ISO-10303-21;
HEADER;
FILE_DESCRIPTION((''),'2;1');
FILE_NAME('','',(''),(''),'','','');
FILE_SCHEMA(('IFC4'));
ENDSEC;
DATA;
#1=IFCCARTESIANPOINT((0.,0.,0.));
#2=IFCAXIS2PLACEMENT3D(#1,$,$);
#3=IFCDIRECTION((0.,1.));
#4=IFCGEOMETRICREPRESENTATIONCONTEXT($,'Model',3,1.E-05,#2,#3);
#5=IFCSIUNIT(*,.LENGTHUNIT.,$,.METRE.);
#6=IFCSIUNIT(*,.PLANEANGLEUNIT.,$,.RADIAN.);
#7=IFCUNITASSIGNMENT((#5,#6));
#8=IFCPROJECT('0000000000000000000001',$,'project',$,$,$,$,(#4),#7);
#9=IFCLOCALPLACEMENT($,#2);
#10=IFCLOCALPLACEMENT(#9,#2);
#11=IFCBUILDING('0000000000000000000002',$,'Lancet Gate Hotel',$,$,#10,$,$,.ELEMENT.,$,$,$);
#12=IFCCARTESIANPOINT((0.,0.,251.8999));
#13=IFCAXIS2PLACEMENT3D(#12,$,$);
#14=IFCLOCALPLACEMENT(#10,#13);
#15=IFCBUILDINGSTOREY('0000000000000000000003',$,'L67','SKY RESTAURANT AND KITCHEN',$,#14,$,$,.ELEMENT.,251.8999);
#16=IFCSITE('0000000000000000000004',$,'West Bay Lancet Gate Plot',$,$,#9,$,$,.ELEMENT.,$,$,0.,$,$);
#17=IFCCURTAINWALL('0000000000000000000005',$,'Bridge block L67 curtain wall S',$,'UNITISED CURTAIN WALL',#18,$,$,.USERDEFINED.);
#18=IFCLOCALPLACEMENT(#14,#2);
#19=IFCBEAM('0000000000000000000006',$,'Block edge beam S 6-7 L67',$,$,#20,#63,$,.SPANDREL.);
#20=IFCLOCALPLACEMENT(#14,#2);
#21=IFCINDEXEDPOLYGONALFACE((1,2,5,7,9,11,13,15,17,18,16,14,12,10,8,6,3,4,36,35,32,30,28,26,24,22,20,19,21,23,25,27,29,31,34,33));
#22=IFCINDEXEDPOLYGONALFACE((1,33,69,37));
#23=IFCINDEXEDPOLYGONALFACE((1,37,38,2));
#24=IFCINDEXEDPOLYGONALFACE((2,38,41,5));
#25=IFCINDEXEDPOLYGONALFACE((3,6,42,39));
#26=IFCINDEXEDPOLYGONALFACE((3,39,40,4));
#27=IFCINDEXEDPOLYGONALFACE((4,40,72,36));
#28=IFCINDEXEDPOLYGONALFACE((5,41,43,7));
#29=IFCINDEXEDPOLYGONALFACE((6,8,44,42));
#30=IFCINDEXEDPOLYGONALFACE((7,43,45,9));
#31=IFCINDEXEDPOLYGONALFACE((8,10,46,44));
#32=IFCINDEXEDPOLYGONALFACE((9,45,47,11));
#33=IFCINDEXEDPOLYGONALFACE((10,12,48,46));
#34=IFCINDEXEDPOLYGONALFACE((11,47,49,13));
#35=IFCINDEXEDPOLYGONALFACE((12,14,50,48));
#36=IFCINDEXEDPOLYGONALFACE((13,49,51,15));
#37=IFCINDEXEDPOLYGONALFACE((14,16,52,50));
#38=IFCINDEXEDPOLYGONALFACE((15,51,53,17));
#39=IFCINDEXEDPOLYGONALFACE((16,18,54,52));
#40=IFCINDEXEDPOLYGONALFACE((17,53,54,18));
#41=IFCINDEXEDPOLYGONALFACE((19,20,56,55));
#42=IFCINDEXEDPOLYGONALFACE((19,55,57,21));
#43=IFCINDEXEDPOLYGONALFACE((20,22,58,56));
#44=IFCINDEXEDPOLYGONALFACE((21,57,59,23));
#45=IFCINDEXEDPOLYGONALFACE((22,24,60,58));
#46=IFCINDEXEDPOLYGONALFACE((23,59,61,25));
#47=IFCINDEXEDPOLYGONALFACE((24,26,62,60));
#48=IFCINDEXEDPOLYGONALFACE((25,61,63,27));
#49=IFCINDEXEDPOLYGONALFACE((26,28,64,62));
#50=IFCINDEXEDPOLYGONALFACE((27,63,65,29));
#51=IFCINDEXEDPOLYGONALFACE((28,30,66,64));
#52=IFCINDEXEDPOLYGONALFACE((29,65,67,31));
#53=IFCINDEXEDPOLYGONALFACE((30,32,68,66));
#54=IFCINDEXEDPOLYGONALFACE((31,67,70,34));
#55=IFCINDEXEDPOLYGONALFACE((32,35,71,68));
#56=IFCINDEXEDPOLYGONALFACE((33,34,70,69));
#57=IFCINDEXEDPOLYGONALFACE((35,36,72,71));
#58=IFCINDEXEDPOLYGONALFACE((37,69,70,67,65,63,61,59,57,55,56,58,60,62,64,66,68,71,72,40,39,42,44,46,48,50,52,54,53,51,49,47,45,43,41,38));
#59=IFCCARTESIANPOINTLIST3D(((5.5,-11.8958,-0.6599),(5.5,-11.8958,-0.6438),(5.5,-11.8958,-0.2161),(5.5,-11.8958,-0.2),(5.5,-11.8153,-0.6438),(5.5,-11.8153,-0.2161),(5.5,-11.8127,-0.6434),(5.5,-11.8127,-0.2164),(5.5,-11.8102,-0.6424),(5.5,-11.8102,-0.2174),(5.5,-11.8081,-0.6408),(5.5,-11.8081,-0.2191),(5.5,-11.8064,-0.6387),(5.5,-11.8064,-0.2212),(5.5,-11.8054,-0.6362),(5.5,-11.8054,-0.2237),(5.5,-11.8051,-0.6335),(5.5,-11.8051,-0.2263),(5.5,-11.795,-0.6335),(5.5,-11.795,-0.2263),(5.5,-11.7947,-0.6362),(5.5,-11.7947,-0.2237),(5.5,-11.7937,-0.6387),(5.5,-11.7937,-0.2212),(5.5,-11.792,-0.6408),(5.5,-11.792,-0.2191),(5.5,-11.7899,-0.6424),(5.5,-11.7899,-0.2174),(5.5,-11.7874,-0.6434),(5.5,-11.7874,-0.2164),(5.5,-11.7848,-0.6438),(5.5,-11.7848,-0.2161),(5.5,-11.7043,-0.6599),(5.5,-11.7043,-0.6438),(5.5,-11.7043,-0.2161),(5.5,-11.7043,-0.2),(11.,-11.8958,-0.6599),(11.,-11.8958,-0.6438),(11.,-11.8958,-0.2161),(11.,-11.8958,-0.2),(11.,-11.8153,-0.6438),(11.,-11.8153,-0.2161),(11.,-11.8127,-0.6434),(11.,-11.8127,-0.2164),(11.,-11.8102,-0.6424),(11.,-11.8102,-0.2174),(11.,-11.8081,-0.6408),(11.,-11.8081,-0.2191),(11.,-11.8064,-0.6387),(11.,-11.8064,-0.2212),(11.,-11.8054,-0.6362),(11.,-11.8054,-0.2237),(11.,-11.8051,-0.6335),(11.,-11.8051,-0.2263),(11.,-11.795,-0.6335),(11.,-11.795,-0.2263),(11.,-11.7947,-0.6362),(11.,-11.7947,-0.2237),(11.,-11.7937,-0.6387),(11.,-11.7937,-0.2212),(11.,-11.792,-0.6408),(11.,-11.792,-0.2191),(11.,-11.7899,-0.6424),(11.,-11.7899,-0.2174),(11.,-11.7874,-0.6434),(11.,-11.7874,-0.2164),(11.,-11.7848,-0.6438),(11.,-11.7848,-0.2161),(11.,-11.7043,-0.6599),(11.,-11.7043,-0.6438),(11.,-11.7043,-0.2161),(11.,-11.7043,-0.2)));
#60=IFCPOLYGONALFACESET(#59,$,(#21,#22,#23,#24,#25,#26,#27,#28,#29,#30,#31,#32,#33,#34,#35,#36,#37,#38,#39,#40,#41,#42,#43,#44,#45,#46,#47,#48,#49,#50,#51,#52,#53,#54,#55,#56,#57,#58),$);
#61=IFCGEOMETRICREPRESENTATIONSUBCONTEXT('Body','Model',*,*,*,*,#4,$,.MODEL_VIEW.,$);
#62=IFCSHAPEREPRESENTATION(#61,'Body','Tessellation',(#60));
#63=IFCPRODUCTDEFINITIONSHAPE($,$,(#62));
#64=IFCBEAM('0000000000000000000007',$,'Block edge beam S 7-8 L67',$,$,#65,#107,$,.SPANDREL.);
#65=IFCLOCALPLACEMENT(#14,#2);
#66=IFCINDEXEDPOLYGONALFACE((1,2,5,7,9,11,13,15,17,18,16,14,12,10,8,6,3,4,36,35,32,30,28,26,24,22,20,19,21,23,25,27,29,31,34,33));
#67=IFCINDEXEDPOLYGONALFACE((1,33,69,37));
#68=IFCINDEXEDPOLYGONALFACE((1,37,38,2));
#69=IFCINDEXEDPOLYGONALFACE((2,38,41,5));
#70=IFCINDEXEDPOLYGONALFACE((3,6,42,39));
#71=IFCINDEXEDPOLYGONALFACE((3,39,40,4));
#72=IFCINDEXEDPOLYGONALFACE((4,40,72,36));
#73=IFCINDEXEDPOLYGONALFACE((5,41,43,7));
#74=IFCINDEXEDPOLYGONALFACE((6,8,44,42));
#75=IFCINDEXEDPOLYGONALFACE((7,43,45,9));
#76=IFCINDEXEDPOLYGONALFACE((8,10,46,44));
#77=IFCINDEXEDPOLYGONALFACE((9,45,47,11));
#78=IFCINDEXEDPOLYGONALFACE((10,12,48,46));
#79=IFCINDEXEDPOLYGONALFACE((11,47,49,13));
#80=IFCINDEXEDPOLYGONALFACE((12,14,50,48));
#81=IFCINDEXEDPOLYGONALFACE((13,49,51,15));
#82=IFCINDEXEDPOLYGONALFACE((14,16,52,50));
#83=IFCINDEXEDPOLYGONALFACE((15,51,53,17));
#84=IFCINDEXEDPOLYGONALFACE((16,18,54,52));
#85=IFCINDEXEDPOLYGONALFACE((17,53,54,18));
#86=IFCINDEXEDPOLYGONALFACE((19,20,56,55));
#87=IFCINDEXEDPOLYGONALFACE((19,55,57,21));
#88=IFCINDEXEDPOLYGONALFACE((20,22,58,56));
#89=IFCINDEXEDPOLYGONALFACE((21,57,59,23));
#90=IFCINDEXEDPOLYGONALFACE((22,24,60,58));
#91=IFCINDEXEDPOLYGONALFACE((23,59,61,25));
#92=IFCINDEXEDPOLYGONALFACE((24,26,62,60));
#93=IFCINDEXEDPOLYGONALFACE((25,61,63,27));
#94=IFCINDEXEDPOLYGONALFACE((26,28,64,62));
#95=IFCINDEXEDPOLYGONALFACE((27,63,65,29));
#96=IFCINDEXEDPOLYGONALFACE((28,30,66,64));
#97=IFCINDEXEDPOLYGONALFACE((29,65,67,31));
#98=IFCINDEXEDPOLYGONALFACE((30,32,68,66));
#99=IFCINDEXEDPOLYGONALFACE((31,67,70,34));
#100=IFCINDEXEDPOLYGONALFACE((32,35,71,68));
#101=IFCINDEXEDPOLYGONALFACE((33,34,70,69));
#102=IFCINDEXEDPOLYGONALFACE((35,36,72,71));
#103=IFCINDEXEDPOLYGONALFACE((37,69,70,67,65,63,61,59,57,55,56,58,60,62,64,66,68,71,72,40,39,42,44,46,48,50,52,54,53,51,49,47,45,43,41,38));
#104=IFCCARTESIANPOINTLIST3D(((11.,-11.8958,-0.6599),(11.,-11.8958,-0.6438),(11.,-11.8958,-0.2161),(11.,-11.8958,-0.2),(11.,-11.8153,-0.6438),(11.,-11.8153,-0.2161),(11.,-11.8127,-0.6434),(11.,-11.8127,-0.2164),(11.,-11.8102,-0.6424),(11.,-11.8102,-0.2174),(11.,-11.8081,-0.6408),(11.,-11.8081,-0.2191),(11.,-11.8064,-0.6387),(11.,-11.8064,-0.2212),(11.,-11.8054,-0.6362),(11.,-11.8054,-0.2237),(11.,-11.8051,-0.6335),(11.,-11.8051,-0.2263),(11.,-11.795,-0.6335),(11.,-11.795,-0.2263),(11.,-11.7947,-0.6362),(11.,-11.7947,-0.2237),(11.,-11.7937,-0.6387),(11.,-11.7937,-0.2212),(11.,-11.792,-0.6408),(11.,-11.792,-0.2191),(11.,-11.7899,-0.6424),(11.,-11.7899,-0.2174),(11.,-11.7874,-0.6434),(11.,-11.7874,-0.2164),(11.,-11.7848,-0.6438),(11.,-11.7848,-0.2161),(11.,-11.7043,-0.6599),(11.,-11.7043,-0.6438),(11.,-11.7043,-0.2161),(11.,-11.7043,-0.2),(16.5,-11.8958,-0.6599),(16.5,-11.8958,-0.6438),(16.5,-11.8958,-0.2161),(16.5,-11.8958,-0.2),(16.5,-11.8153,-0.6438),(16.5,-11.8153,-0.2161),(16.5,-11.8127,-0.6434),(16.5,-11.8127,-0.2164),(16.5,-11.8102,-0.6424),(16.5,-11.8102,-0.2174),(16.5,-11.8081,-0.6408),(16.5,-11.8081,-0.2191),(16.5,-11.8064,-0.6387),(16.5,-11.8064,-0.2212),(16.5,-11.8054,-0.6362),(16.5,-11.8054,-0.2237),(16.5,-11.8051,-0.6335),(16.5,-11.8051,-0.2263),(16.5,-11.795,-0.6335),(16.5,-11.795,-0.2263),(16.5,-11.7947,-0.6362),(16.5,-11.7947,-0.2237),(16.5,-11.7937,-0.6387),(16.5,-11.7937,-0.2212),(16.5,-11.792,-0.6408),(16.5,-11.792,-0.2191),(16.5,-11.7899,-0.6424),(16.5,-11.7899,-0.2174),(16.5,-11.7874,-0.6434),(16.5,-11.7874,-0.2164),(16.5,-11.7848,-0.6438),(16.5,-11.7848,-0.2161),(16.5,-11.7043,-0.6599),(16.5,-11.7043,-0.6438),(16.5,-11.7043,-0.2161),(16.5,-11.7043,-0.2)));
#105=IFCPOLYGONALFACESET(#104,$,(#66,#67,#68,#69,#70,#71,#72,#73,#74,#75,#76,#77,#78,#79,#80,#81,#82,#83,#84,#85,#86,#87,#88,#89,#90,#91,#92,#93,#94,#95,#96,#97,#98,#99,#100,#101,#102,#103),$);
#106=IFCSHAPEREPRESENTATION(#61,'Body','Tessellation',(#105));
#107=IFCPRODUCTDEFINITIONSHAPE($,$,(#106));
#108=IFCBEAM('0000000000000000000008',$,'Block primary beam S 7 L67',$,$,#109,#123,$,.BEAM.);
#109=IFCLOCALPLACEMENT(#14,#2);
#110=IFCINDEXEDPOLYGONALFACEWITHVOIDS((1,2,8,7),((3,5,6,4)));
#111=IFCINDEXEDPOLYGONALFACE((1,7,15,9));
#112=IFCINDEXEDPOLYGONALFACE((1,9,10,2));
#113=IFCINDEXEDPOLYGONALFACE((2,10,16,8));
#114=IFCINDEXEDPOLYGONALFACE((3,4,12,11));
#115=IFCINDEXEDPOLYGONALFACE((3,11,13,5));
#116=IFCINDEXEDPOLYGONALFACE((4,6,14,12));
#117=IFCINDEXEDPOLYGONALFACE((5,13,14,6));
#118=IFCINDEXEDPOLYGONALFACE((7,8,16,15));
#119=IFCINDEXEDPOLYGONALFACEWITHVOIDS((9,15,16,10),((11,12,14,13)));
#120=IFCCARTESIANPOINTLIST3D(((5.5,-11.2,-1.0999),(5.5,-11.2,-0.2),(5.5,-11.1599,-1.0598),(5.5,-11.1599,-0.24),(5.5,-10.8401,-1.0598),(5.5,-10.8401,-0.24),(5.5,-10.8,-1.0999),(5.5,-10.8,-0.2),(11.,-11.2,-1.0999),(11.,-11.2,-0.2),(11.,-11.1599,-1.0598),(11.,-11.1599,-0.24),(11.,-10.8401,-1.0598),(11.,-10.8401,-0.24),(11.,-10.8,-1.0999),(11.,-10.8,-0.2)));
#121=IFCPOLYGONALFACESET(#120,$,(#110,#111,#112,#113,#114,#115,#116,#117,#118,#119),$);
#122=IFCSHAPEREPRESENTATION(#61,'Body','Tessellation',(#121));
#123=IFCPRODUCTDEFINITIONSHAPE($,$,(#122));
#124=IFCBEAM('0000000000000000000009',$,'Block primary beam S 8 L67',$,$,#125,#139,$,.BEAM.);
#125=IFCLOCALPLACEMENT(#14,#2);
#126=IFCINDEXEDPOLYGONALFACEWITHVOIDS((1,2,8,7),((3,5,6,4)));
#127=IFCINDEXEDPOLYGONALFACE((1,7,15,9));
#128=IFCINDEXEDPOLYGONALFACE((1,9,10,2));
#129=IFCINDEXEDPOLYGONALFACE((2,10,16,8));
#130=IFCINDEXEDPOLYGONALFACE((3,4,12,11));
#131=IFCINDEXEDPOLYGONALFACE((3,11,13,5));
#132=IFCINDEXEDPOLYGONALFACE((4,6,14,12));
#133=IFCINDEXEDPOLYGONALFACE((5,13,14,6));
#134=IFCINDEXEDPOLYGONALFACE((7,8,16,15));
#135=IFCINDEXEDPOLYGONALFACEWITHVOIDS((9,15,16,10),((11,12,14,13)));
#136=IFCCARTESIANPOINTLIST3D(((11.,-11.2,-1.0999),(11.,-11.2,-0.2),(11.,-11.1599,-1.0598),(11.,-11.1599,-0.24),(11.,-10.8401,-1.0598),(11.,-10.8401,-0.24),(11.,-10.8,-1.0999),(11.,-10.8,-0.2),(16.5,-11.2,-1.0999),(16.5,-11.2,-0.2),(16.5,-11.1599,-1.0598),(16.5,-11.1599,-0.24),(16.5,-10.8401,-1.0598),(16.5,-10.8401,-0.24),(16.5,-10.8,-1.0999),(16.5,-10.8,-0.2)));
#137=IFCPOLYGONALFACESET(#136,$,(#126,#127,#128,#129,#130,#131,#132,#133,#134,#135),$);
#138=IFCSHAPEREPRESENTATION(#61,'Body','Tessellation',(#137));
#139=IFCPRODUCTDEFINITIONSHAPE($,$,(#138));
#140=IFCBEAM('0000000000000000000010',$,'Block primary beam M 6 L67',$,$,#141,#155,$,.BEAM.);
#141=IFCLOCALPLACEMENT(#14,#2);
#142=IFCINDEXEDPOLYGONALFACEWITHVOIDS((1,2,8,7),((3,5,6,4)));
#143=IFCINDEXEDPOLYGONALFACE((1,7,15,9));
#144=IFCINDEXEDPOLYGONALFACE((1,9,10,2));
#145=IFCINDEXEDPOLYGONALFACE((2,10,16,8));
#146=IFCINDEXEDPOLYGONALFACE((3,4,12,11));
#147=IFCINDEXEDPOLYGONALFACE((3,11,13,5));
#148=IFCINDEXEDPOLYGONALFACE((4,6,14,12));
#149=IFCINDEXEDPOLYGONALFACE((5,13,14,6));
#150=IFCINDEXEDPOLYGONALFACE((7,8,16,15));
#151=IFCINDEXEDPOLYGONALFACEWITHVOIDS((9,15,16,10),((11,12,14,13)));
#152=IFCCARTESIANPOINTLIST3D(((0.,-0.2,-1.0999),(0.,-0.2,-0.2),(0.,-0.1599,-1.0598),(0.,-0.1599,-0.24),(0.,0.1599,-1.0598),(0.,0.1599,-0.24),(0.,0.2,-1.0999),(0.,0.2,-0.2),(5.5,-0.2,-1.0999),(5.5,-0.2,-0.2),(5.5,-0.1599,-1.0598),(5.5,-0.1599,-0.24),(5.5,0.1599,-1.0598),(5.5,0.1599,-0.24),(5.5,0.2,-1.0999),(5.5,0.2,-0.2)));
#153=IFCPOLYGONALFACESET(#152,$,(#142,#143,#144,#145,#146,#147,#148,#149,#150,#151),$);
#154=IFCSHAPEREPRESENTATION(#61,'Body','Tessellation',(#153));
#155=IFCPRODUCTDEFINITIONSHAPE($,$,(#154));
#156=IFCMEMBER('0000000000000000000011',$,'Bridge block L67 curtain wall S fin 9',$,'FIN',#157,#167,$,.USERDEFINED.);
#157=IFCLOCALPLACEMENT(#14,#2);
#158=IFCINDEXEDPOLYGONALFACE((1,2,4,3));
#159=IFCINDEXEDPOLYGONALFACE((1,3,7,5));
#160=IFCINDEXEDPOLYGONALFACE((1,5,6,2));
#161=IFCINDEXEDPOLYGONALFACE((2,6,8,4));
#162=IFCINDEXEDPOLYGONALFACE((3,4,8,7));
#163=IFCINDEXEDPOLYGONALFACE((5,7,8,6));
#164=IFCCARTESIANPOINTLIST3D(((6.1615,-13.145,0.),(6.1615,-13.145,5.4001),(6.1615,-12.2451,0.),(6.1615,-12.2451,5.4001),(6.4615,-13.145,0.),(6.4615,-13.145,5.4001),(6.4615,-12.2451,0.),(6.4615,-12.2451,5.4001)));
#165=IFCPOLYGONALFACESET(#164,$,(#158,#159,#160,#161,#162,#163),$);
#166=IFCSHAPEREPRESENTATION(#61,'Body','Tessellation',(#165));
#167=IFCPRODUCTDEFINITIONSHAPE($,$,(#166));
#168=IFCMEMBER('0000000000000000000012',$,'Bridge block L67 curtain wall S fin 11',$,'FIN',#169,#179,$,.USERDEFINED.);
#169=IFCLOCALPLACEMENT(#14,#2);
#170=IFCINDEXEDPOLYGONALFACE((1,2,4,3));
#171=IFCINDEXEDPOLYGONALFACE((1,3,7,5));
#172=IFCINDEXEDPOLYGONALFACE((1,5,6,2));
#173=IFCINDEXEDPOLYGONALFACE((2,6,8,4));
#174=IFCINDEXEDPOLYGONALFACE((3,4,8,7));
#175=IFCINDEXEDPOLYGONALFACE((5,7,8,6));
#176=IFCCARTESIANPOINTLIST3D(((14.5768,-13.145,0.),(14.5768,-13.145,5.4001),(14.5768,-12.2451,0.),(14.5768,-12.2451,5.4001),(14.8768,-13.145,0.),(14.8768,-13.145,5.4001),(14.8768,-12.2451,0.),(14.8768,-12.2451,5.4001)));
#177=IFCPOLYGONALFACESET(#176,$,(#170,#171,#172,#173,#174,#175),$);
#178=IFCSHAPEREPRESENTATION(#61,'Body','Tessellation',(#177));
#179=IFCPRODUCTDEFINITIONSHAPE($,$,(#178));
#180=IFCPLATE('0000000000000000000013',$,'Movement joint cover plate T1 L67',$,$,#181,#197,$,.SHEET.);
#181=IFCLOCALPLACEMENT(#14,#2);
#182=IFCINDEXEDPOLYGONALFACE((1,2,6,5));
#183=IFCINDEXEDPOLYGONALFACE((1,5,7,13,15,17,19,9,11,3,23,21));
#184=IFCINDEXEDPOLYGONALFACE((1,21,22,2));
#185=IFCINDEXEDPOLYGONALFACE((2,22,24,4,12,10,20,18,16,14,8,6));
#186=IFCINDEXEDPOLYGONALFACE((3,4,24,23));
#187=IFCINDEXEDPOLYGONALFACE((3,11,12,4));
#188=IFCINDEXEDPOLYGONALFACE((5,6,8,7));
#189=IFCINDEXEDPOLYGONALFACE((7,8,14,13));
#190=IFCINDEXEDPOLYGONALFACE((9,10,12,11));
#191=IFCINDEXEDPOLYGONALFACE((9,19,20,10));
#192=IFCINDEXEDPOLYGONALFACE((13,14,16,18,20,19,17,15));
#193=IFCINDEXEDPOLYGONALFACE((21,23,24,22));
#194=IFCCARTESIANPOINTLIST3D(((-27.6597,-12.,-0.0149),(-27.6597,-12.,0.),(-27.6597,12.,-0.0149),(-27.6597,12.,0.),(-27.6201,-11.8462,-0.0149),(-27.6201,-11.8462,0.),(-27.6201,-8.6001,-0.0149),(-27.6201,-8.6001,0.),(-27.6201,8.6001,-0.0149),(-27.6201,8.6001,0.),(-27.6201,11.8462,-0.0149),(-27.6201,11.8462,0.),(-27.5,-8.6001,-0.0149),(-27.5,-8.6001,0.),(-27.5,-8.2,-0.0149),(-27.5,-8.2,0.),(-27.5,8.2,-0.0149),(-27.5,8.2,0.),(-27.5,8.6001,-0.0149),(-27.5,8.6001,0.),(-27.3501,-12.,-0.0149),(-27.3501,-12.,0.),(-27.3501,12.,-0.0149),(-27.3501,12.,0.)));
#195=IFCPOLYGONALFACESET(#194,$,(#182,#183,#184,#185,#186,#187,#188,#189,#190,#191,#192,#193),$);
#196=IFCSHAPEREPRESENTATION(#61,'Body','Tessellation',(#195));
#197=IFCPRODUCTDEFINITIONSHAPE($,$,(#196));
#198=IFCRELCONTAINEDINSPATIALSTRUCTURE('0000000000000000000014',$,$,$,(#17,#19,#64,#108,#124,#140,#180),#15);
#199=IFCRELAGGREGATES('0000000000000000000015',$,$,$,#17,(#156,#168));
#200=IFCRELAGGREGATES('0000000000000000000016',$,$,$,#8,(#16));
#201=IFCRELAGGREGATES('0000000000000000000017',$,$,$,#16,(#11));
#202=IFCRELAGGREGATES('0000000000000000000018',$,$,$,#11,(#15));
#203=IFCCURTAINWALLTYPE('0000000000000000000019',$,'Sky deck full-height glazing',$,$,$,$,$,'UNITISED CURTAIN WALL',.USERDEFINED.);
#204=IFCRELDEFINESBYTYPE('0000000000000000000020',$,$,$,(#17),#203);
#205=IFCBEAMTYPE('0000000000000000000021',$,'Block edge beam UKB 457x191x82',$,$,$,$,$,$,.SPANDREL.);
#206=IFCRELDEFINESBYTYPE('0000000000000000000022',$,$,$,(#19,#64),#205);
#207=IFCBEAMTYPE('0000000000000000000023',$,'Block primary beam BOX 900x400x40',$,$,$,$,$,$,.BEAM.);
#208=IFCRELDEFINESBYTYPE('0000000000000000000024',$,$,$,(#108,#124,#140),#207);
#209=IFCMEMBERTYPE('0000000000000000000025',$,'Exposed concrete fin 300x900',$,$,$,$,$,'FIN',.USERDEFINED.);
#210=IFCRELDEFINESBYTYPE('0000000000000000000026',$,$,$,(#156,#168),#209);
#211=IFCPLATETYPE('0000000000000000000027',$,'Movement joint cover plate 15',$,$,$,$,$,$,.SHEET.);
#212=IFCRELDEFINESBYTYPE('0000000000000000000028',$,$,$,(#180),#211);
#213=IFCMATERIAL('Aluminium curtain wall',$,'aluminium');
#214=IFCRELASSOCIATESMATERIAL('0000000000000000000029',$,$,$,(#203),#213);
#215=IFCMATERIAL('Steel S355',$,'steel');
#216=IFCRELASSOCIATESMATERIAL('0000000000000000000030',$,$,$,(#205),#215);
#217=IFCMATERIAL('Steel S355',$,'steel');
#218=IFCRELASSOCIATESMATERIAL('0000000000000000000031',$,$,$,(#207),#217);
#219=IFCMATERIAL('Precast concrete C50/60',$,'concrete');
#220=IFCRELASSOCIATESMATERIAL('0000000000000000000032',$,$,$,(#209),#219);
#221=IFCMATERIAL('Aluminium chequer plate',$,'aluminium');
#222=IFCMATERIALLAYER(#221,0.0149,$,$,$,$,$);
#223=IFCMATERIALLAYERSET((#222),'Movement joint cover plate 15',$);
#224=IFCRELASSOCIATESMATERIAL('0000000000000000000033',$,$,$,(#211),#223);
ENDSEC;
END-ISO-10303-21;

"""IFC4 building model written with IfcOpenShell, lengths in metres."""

from ifc_helpers import new_model, si_unit, direction, frame, origin, origin_2d, place, context, subcontext, project, spatial, polyline, rectangle, hollow_rectangle, i_section, outline, extrude, material, layer, layer_set, material_profile, profile_set, type_object, element, aggregate, save


model = new_model("IFC4")

# Units and contexts
model_context = context("Model", 3, precision=1e-05, world=origin(), true_north=direction((0.0, 1.0)))
body_context = subcontext(model_context, "Body", "Model", "MODEL_VIEW")
ifc_project = project(units=[si_unit("LENGTHUNIT", "METRE"), si_unit("PLANEANGLEUNIT", "RADIAN")], contexts=[model_context])

# Site, building, storey
site_placement = place(None, origin())
site = spatial("IfcSite", under=ifc_project, at=site_placement, Name="West Bay Lancet Gate Plot", CompositionType="ELEMENT", RefElevation=0.0)
building_placement = place(site_placement, origin())
building = spatial("IfcBuilding", under=site, at=building_placement, Name="Lancet Gate Hotel", CompositionType="ELEMENT")
storey_placement = place(building_placement, frame((0.0, 0.0, 251.8999)))
storey = spatial("IfcBuildingStorey", under=building, at=storey_placement, Name="L67", Description="SKY RESTAURANT AND KITCHEN", CompositionType="ELEMENT", Elevation=251.8999)

# Curtain wall
ifc_material_1 = material(Name="Aluminium curtain wall", Category="aluminium")
curtain_wall_type = type_object("IfcCurtainWallType", Name="Sky deck full-height glazing", ElementType="UNITISED CURTAIN WALL", PredefinedType="USERDEFINED", material=ifc_material_1)
curtain_wall_placement = place(storey_placement, origin())
curtain_wall = element("IfcCurtainWall", 1, at=curtain_wall_placement, inside=storey, type_object=curtain_wall_type, Name="Bridge block L67 curtain wall S", ObjectType="UNITISED CURTAIN WALL", PredefinedType="USERDEFINED")

# Beams
ifc_material_2 = material(Name="Steel S355", Category="steel")
ifc_material_profile_1 = material_profile(ifc_material_2, i_section(OverallWidth=0.1914, OverallDepth=0.46, WebThickness=0.01, FlangeThickness=0.0161, FilletRadius=0.0103, at=origin_2d()), Name="UKB 457x191x82")
ifc_profile_set_1 = profile_set([ifc_material_profile_1], Name="Steel S355")
beam_type_1 = type_object("IfcBeamType", Name="Block edge beam UKB 457x191x82", PredefinedType="SPANDREL", material=ifc_profile_set_1)
for number, where, z_axis, x_axis, name in (
    (2, (5.5, -11.8, -0.4299), (1.0, 0.0, 0.0), (0.0, 1.0, 0.0), "Block edge beam S 6-7 L67"),
    (3, (11.0, -11.8, -0.4299), (1.0, 0.0, 0.0), (0.0, 1.0, 0.0), "Block edge beam S 7-8 L67"),
):
    element("IfcBeam", number, at=place(storey_placement, frame(where, z_axis=z_axis, x_axis=x_axis)), inside=storey, type_object=beam_type_1, Name=name, PredefinedType="SPANDREL", context=body_context, shape_type="SweptSolid", body=[
        extrude(i_section(OverallWidth=0.1914, OverallDepth=0.46, WebThickness=0.01, FlangeThickness=0.0161, FilletRadius=0.0103, at=origin_2d()), origin(), (0.0, 0.0, 1.0), 5.5),
    ])
ifc_material_3 = material(Name="Steel S355", Category="steel")
ifc_material_profile_2 = material_profile(ifc_material_3, hollow_rectangle(XDim=0.3999, YDim=0.8999, WallThickness=0.04, at=origin_2d()), Name="BOX 900x400x40")
ifc_profile_set_2 = profile_set([ifc_material_profile_2], Name="Steel S355")
beam_type_2 = type_object("IfcBeamType", Name="Block primary beam BOX 900x400x40", PredefinedType="BEAM", material=ifc_profile_set_2)
for number, where, z_axis, x_axis, name in (
    (4, (5.5, -11.0, -0.6499), (1.0, 0.0, 0.0), (0.0, 1.0, 0.0), "Block primary beam S 7 L67"),
    (5, (11.0, -11.0, -0.6499), (1.0, 0.0, 0.0), (0.0, 1.0, 0.0), "Block primary beam S 8 L67"),
    (6, (0.0, 0.0, -0.6499), (1.0, 0.0, 0.0), (0.0, 1.0, 0.0), "Block primary beam M 6 L67"),
):
    element("IfcBeam", number, at=place(storey_placement, frame(where, z_axis=z_axis, x_axis=x_axis)), inside=storey, type_object=beam_type_2, Name=name, PredefinedType="BEAM", context=body_context, shape_type="SweptSolid", body=[
        extrude(hollow_rectangle(XDim=0.3999, YDim=0.8999, WallThickness=0.04, at=origin_2d()), origin(), (0.0, 0.0, 1.0), 5.5),
    ])

# Members
ifc_material_4 = material(Name="Precast concrete C50/60", Category="concrete")
ifc_material_profile_3 = material_profile(ifc_material_4, rectangle(XDim=0.3, YDim=0.8999, at=origin_2d()), Name="FIN 300x900")
ifc_profile_set_3 = profile_set([ifc_material_profile_3], Name="Precast concrete C50/60")
member_type_1 = type_object("IfcMemberType", Name="Exposed concrete fin 300x900", ElementType="FIN", PredefinedType="USERDEFINED", material=ifc_profile_set_3)
member_1_placement = place(storey_placement, frame((6.3115, -12.6951, 0.0), z_axis=(0.0, 0.0, 1.0), x_axis=(1.0, 0.0, 0.0)))
member_1 = element("IfcMember", 7, at=member_1_placement, type_object=member_type_1, Name="Bridge block L67 curtain wall S fin 9", ObjectType="FIN", PredefinedType="USERDEFINED", context=body_context, shape_type="SweptSolid", body=[
    extrude(rectangle(XDim=0.3, YDim=0.8999, at=origin_2d()), origin(), (0.0, 0.0, 1.0), 5.4001),
])
member_2_placement = place(storey_placement, frame((14.7268, -12.6951, 0.0), z_axis=(0.0, 0.0, 1.0), x_axis=(1.0, 0.0, 0.0)))
member_2 = element("IfcMember", 8, at=member_2_placement, type_object=member_type_1, Name="Bridge block L67 curtain wall S fin 11", ObjectType="FIN", PredefinedType="USERDEFINED", context=body_context, shape_type="SweptSolid", body=[
    extrude(rectangle(XDim=0.3, YDim=0.8999, at=origin_2d()), origin(), (0.0, 0.0, 1.0), 5.4001),
])

# Plate
ifc_material_5 = material(Name="Aluminium chequer plate", Category="aluminium")
ifc_layer_1 = layer(ifc_material_5, 0.0149)
ifc_layer_set_1 = layer_set([ifc_layer_1], Name="Movement joint cover plate 15")
plate_type_1 = type_object("IfcPlateType", Name="Movement joint cover plate 15", PredefinedType="SHEET", material=ifc_layer_set_1)
plate_1_placement = place(storey_placement, frame((0.0, 0.0, -0.0149)))
element("IfcPlate", 9, at=plate_1_placement, inside=storey, type_object=plate_type_1, Name="Movement joint cover plate T1 L67", PredefinedType="SHEET", context=body_context, shape_type="SweptSolid", body=[
    extrude(outline(polyline([(-27.3501, 12.0), (-27.6597, 12.0), (-27.6201, 11.8462), (-27.6201, 8.6001), (-27.5, 8.6001), (-27.5, 8.2), (-27.5, -8.2), (-27.5, -8.6001), (-27.6201, -8.6001), (-27.6201, -11.8462), (-27.6597, -12.0), (-27.3501, -12.0), (-27.3501, 12.0)])), origin(), (0.0, 0.0, 1.0), 0.0149),
])

aggregate(curtain_wall, [member_1, member_2])

save(model, "model.ifc")
